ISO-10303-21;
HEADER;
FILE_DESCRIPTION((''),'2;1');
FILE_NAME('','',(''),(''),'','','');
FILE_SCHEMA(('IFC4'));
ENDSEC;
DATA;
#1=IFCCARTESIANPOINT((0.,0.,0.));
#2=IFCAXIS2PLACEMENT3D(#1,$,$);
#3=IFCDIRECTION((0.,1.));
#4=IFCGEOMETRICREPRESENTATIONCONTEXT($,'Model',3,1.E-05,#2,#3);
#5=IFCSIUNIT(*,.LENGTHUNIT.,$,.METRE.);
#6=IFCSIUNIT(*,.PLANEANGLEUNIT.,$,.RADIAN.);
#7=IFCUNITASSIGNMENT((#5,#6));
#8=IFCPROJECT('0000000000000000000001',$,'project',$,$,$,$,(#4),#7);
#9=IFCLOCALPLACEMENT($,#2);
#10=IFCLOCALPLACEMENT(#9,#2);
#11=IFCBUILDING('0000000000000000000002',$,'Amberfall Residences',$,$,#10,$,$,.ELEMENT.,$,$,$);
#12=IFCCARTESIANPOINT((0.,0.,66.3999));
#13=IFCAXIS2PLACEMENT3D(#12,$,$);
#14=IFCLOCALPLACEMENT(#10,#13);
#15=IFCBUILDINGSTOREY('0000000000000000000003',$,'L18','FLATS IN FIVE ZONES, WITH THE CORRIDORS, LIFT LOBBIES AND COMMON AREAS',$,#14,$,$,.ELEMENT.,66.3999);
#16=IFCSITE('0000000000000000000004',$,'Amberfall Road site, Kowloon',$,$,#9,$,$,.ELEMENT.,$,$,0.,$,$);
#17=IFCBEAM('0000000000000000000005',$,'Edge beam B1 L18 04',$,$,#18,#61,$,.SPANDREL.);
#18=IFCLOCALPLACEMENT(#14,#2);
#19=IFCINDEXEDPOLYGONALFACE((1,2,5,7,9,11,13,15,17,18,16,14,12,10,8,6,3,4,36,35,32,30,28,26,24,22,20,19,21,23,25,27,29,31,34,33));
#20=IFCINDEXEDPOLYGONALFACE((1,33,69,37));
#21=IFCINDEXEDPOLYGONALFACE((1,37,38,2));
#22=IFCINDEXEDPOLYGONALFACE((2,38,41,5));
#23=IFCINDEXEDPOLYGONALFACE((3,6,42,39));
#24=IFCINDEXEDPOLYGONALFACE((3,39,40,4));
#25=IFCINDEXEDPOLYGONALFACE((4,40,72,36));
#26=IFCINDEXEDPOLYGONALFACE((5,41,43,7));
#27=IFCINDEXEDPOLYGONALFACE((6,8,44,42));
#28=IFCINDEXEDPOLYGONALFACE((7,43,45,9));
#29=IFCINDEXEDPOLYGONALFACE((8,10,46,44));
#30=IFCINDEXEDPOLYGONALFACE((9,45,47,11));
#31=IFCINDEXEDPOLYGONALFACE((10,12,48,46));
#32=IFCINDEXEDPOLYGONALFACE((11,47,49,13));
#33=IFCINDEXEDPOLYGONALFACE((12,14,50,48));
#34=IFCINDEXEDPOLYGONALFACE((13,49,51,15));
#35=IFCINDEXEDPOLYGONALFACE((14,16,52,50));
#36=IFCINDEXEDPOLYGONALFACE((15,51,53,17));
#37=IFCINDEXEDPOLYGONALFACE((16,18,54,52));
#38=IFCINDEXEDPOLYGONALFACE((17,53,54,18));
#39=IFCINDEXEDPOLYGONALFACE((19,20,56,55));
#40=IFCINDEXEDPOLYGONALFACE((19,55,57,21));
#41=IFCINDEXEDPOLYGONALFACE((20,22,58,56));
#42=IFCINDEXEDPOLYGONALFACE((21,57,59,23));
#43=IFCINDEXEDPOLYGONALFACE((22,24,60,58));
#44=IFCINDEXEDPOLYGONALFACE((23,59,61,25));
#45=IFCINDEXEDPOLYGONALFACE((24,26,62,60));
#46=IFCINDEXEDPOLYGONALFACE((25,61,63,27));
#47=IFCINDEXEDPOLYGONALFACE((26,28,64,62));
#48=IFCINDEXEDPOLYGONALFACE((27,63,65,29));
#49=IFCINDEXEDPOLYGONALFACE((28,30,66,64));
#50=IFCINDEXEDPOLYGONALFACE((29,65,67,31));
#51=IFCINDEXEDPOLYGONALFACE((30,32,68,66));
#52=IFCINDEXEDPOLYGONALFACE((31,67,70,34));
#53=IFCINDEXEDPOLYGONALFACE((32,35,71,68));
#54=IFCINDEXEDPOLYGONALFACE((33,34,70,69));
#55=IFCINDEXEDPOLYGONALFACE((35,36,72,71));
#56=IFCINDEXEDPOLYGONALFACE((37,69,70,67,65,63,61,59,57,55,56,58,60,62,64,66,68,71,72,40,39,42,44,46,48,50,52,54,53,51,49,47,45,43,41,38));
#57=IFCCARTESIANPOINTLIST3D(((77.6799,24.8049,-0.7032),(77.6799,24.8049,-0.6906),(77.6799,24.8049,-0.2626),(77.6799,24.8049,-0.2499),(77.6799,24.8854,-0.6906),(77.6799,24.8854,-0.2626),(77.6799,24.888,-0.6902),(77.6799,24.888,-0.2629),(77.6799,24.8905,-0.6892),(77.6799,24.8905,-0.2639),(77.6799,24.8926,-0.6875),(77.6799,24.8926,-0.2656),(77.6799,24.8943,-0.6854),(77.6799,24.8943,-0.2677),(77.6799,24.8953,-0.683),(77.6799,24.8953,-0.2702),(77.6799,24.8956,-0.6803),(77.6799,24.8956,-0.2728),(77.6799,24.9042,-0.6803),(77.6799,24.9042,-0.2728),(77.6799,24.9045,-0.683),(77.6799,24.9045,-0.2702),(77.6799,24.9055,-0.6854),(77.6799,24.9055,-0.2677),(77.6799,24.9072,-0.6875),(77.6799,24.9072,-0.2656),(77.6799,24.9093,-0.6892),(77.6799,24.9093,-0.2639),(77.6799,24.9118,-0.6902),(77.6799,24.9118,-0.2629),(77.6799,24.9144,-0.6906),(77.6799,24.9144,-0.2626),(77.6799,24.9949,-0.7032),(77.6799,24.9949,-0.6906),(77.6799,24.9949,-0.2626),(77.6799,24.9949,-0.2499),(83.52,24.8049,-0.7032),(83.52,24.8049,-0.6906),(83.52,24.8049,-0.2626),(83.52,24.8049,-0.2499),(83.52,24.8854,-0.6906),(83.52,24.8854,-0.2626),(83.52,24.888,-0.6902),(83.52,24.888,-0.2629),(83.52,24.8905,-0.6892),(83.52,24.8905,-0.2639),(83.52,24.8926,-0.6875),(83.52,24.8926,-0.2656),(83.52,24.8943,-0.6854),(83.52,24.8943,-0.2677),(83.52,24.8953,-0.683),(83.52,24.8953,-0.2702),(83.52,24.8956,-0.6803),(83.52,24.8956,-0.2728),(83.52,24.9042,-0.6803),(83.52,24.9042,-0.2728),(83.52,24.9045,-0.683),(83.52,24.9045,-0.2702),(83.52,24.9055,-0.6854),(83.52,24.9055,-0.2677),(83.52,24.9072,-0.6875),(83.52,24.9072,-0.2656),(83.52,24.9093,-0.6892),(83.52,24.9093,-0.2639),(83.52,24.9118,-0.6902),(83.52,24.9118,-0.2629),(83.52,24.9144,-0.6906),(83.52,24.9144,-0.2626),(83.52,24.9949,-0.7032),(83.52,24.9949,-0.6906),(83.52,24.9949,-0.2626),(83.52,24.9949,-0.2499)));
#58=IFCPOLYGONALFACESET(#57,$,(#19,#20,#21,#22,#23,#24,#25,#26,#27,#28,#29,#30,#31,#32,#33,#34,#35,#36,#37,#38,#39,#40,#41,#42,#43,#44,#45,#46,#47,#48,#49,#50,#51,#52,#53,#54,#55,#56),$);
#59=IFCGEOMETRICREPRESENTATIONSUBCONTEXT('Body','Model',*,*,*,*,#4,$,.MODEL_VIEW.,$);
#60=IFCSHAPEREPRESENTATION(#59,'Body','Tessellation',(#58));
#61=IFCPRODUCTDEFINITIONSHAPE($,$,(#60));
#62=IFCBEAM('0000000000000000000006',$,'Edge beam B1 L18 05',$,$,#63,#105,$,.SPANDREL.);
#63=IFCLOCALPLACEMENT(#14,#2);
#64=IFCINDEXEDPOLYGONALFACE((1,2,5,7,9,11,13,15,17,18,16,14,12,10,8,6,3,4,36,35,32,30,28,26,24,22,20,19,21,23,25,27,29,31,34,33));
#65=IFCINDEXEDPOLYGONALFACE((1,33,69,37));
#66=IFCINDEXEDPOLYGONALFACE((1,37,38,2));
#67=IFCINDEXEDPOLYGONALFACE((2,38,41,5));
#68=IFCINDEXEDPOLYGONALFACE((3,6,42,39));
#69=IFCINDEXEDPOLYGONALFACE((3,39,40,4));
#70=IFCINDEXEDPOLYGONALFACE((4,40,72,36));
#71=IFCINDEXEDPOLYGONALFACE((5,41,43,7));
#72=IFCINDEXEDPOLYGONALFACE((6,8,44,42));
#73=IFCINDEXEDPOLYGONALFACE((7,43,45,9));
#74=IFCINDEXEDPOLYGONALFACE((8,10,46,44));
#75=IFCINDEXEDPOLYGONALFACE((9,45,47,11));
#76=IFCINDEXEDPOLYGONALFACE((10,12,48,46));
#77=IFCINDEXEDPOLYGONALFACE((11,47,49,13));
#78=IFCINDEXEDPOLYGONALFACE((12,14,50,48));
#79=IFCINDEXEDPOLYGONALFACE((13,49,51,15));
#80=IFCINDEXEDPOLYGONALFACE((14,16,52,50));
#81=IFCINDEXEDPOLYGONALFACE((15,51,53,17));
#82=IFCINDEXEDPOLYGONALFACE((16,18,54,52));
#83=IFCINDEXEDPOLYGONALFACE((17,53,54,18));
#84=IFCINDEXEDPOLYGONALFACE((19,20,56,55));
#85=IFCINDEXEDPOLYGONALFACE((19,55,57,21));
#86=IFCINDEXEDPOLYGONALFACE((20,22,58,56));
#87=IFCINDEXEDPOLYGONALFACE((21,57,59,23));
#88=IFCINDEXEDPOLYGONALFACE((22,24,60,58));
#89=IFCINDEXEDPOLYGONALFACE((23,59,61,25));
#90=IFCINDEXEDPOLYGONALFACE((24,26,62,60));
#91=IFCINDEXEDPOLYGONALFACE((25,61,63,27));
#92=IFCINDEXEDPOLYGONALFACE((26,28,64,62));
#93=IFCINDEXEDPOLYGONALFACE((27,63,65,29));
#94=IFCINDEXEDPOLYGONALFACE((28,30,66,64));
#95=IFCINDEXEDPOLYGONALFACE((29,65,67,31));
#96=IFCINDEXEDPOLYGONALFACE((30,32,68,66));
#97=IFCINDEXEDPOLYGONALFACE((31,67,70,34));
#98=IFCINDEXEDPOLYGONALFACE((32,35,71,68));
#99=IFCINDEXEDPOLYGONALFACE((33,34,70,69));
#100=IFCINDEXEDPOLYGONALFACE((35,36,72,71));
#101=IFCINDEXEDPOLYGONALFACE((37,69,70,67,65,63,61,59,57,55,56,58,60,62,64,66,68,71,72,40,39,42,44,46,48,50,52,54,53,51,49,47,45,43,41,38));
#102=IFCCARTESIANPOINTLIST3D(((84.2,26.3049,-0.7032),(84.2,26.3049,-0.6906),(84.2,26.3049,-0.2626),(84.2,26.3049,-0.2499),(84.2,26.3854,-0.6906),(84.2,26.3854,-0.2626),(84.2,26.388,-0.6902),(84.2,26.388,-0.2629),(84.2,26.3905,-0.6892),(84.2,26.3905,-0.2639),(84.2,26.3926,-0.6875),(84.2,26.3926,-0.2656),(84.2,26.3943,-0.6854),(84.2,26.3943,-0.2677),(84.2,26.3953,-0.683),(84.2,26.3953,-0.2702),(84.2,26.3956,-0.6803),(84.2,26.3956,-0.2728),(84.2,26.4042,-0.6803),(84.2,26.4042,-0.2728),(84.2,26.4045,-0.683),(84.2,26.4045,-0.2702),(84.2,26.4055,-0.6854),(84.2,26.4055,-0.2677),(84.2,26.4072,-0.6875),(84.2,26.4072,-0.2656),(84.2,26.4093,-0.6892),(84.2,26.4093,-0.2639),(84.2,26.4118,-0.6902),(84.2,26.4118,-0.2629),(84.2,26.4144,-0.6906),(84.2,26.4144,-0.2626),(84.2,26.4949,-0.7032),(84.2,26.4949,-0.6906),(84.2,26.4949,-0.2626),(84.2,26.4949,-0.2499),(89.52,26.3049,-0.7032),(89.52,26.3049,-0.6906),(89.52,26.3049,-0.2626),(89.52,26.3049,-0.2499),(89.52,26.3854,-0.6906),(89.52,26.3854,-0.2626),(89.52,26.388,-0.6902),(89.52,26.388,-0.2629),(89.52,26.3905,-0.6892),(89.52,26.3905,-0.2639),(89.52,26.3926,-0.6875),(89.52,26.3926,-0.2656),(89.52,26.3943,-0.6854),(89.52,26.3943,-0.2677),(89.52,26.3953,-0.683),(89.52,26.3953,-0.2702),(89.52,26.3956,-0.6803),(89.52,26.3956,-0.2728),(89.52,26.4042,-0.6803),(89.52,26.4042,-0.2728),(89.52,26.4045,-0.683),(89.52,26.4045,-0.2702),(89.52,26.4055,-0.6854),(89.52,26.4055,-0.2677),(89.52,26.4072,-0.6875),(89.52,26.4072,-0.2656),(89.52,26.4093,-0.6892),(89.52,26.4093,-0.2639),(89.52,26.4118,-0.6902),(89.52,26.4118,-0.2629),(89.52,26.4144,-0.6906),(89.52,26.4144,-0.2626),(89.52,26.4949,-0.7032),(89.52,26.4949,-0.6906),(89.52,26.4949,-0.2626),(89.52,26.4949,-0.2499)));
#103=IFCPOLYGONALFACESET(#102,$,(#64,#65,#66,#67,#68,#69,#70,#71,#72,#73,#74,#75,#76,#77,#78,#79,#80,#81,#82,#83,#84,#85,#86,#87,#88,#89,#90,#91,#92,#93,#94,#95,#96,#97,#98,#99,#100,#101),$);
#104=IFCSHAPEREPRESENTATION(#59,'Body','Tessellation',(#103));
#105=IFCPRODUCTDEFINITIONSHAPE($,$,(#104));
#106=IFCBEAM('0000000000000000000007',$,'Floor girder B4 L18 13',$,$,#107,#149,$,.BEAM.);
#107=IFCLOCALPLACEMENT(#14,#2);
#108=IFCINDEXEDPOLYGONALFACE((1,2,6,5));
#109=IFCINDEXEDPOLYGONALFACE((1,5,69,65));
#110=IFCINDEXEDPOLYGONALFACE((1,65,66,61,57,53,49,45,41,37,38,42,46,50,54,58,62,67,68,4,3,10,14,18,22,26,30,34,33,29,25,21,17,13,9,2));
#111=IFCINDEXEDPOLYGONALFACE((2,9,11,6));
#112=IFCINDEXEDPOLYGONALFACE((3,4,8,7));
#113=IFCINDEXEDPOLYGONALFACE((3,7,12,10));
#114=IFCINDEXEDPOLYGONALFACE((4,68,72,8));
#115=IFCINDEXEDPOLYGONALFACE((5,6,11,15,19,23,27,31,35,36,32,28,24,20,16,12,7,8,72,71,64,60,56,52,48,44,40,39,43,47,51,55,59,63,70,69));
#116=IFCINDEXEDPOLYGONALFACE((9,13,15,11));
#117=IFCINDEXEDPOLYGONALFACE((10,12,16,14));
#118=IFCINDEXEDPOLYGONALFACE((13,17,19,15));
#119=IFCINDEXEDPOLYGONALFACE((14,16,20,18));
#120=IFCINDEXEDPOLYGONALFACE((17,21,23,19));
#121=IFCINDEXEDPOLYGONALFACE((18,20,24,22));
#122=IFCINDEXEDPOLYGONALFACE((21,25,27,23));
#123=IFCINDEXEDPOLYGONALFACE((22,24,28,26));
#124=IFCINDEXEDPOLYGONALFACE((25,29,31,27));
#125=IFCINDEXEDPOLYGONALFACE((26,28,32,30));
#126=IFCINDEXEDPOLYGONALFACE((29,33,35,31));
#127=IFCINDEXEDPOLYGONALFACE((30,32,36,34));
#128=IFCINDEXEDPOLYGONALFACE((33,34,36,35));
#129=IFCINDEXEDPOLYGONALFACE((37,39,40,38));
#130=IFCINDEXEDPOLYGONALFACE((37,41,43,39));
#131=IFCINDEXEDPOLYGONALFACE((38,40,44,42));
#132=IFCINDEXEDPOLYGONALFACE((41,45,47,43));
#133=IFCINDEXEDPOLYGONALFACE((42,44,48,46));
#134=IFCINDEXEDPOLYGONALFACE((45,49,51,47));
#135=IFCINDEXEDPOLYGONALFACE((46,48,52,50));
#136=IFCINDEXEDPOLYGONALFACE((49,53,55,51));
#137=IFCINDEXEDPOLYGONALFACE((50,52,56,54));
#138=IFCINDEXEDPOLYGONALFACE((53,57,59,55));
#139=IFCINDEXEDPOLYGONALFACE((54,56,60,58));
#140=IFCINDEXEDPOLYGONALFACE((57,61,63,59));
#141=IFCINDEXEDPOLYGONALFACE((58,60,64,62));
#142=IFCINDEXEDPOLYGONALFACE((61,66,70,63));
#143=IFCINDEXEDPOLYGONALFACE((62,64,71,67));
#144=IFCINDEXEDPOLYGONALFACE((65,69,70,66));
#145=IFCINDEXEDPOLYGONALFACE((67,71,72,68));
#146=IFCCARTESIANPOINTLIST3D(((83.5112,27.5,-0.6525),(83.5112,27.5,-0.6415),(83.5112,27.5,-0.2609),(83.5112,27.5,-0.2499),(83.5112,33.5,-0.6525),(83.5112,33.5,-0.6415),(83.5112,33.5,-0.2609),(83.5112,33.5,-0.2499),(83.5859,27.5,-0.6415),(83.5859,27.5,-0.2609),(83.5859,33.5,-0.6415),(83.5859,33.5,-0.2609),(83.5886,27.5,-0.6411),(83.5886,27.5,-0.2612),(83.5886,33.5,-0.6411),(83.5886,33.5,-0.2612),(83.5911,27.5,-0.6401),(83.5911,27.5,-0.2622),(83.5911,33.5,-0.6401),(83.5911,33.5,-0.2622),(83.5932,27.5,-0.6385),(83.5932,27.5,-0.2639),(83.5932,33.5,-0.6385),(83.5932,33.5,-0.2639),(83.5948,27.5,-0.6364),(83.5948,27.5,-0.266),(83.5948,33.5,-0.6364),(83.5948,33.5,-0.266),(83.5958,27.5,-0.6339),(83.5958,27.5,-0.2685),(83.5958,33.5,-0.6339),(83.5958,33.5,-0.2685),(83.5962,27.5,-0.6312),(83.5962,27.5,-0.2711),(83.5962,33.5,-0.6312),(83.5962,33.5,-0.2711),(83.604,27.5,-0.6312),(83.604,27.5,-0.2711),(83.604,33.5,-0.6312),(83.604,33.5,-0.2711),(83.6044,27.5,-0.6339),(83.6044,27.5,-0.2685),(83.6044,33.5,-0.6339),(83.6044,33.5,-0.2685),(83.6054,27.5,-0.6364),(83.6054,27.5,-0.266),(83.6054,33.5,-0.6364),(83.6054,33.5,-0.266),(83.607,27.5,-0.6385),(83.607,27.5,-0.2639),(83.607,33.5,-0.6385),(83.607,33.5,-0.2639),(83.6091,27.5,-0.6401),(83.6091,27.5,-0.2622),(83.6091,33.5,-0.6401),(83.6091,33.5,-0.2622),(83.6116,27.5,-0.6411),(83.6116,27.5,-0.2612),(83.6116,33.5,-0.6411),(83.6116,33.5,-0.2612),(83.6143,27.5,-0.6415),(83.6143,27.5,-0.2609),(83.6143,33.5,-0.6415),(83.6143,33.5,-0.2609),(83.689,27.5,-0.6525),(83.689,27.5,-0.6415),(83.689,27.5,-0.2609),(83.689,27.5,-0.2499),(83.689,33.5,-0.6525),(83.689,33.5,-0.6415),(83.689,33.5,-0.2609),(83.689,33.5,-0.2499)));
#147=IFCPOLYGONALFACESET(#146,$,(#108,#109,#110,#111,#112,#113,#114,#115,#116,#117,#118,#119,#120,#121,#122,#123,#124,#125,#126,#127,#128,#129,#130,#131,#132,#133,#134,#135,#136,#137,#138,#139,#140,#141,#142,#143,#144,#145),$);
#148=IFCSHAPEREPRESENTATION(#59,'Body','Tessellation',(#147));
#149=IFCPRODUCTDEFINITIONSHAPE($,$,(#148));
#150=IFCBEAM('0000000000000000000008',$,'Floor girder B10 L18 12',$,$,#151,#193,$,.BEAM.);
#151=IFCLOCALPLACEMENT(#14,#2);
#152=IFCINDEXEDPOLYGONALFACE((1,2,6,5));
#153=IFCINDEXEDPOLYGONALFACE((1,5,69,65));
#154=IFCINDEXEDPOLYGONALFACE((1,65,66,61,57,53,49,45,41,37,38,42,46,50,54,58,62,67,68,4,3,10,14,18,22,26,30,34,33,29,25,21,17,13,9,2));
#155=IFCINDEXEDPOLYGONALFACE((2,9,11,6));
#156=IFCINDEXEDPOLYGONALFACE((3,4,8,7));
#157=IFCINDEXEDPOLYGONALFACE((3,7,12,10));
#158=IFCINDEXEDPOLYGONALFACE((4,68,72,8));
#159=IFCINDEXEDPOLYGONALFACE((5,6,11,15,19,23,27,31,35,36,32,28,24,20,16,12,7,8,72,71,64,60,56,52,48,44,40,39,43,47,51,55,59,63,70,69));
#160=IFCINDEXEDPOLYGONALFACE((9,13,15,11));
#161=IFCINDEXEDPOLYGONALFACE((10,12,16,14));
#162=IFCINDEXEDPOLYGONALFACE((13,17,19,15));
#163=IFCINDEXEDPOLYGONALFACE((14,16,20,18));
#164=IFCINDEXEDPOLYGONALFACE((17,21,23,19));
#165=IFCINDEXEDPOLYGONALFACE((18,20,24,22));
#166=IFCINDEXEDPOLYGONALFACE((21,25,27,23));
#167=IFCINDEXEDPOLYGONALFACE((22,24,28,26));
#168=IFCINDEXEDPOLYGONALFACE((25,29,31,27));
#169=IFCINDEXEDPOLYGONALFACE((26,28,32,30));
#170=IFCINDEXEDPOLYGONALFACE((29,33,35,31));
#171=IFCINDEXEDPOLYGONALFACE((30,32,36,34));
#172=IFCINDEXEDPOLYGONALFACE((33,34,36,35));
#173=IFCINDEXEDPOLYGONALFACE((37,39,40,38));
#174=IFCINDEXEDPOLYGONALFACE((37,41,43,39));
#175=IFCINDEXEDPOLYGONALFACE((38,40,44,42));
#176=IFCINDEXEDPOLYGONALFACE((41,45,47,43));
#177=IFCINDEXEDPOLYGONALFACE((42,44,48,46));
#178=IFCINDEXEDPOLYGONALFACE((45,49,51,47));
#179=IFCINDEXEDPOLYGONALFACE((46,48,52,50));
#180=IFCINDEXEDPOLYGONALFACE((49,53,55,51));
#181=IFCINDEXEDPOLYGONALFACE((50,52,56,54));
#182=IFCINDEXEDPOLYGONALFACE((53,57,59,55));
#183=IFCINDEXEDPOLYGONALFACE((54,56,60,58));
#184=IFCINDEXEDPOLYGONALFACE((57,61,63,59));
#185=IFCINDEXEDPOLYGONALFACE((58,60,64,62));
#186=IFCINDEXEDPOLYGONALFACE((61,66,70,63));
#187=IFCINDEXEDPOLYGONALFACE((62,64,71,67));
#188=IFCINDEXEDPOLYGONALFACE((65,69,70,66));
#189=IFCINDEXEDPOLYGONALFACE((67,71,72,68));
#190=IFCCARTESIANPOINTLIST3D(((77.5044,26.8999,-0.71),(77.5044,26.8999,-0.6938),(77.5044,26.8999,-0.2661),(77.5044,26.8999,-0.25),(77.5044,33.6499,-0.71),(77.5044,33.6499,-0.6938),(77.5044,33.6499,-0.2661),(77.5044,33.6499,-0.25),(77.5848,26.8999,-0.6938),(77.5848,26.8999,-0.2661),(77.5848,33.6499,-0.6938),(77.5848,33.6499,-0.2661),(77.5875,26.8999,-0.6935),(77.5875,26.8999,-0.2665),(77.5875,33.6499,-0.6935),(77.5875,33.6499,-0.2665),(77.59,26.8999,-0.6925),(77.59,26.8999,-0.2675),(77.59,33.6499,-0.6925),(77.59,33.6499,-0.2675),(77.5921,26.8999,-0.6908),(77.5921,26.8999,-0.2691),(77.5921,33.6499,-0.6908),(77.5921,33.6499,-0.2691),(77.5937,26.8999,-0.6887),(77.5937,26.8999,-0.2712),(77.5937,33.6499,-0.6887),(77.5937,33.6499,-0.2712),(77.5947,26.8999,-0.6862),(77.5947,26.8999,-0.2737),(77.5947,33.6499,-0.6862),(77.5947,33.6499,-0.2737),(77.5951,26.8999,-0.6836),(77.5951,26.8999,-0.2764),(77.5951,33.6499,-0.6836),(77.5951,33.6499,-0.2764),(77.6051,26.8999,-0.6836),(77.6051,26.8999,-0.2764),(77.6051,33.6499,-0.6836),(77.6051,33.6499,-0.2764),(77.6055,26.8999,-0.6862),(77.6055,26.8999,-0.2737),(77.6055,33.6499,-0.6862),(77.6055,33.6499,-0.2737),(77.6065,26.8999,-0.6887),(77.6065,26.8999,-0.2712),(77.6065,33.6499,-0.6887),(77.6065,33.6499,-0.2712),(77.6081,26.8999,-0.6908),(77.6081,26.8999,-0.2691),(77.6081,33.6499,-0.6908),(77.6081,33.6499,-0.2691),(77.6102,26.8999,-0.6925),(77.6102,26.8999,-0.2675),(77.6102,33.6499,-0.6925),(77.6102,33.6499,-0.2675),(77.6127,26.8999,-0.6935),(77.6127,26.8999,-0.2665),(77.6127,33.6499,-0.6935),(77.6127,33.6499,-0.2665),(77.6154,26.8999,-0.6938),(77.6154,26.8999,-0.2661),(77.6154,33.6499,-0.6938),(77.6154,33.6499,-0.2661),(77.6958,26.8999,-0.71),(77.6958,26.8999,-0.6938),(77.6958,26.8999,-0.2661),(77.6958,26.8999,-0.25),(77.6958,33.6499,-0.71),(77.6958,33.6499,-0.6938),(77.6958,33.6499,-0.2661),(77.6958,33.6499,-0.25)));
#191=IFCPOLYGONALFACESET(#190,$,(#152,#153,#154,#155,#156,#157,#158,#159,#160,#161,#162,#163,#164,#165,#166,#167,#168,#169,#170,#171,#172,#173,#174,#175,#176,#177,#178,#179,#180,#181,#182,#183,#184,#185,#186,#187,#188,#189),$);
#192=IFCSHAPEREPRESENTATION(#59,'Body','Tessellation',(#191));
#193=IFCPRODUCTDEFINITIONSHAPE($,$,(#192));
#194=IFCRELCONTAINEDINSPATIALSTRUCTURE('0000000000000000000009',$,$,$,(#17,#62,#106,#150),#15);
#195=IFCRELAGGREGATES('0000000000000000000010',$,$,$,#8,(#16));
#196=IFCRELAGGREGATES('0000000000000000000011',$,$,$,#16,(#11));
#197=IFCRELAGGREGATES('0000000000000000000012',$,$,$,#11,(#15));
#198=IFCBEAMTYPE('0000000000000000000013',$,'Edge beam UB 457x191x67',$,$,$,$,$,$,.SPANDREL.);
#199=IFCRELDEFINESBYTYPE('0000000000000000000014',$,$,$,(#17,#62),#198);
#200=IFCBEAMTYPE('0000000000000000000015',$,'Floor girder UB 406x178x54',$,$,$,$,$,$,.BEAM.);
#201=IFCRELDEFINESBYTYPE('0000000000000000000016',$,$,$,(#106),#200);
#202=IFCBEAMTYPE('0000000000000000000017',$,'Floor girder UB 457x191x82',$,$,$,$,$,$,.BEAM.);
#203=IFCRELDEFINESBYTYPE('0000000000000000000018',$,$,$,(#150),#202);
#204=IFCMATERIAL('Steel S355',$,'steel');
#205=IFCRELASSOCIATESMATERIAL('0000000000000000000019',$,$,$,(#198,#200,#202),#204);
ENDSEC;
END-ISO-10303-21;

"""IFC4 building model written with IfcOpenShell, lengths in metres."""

from ifc_helpers import new_model, si_unit, direction, frame, origin, origin_2d, place, context, subcontext, project, spatial, i_section, extrude, material, material_profile, profile_set, type_object, element, save


model = new_model("IFC4")

# Units and contexts
model_context = context("Model", 3, precision=1e-05, world=origin(), true_north=direction((0.0, 1.0)))
body_context = subcontext(model_context, "Body", "Model", "MODEL_VIEW")
ifc_project = project(units=[si_unit("LENGTHUNIT", "METRE"), si_unit("PLANEANGLEUNIT", "RADIAN")], contexts=[model_context])

# Site, building, storey
site_placement = place(None, origin())
site = spatial("IfcSite", under=ifc_project, at=site_placement, Name="Amberfall Road site, Kowloon", CompositionType="ELEMENT", RefElevation=0.0)
building_placement = place(site_placement, origin())
building = spatial("IfcBuilding", under=site, at=building_placement, Name="Amberfall Residences", CompositionType="ELEMENT")
storey_placement = place(building_placement, frame((0.0, 0.0, 66.3999)))
storey = spatial("IfcBuildingStorey", under=building, at=storey_placement, Name="L18", Description="FLATS IN FIVE ZONES, WITH THE CORRIDORS, LIFT LOBBIES AND COMMON AREAS", CompositionType="ELEMENT", Elevation=66.3999)

# Beams
ifc_material_1 = material(Name="Steel S355", Category="steel")
ifc_material_profile_1 = material_profile(ifc_material_1, i_section(OverallWidth=0.1899, OverallDepth=0.4534, WebThickness=0.0085, FlangeThickness=0.0127, FilletRadius=0.0103, at=origin_2d()), Name="UB 457x191x67")
ifc_profile_set_1 = profile_set([ifc_material_profile_1], Name="Steel S355")
beam_type_1 = type_object("IfcBeamType", Name="Edge beam UB 457x191x67", PredefinedType="SPANDREL", material=ifc_profile_set_1)
beam_1_placement = place(storey_placement, frame((77.6799, 24.8999, -0.4766), z_axis=(1.0, 0.0, 0.0), x_axis=(0.0, 1.0, 0.0)))
element("IfcBeam", 1, at=beam_1_placement, inside=storey, type_object=beam_type_1, Name="Edge beam B1 L18 04", PredefinedType="SPANDREL", context=body_context, shape_type="SweptSolid", body=[
    extrude(i_section(OverallWidth=0.1899, OverallDepth=0.4534, WebThickness=0.0085, FlangeThickness=0.0127, FilletRadius=0.0103, at=origin_2d()), origin(), (0.0, 0.0, 1.0), 5.8401),
])
beam_2_placement = place(storey_placement, frame((84.2, 26.3999, -0.4766), z_axis=(1.0, 0.0, 0.0), x_axis=(0.0, 1.0, 0.0)))
element("IfcBeam", 2, at=beam_2_placement, inside=storey, type_object=beam_type_1, Name="Edge beam B1 L18 05", PredefinedType="SPANDREL", context=body_context, shape_type="SweptSolid", body=[
    extrude(i_section(OverallWidth=0.1899, OverallDepth=0.4534, WebThickness=0.0085, FlangeThickness=0.0127, FilletRadius=0.0103, at=origin_2d()), origin(), (0.0, 0.0, 1.0), 5.3201),
])
ifc_material_profile_2 = material_profile(ifc_material_1, i_section(OverallWidth=0.1777, OverallDepth=0.4026, WebThickness=0.0078, FlangeThickness=0.011, FilletRadius=0.0103, at=origin_2d()), Name="UB 406x178x54")
ifc_profile_set_2 = profile_set([ifc_material_profile_2], Name="Steel S355")
beam_type_2 = type_object("IfcBeamType", Name="Floor girder UB 406x178x54", PredefinedType="BEAM", material=ifc_profile_set_2)
beam_3_placement = place(storey_placement, frame((83.6001, 27.5, -0.4512), z_axis=(0.0, 1.0, 0.0), x_axis=(-1.0, 0.0, 0.0)))
element("IfcBeam", 3, at=beam_3_placement, inside=storey, type_object=beam_type_2, Name="Floor girder B4 L18 13", PredefinedType="BEAM", context=body_context, shape_type="SweptSolid", body=[
    extrude(i_section(OverallWidth=0.1777, OverallDepth=0.4026, WebThickness=0.0078, FlangeThickness=0.011, FilletRadius=0.0103, at=origin_2d()), origin(), (0.0, 0.0, 1.0), 6.0),
])
ifc_material_profile_3 = material_profile(ifc_material_1, i_section(OverallWidth=0.1914, OverallDepth=0.46, WebThickness=0.01, FlangeThickness=0.0161, FilletRadius=0.0103, at=origin_2d()), Name="UB 457x191x82")
ifc_profile_set_3 = profile_set([ifc_material_profile_3], Name="Steel S355")
beam_type_3 = type_object("IfcBeamType", Name="Floor girder UB 457x191x82", PredefinedType="BEAM", material=ifc_profile_set_3)
beam_4_placement = place(storey_placement, frame((77.6001, 26.8999, -0.48), z_axis=(0.0, 1.0, 0.0), x_axis=(-1.0, 0.0, 0.0)))
element("IfcBeam", 4, at=beam_4_placement, inside=storey, type_object=beam_type_3, Name="Floor girder B10 L18 12", PredefinedType="BEAM", context=body_context, shape_type="SweptSolid", body=[
    extrude(i_section(OverallWidth=0.1914, OverallDepth=0.46, WebThickness=0.01, FlangeThickness=0.0161, FilletRadius=0.0103, at=origin_2d()), origin(), (0.0, 0.0, 1.0), 6.75),
])

save(model, "model.ifc")
